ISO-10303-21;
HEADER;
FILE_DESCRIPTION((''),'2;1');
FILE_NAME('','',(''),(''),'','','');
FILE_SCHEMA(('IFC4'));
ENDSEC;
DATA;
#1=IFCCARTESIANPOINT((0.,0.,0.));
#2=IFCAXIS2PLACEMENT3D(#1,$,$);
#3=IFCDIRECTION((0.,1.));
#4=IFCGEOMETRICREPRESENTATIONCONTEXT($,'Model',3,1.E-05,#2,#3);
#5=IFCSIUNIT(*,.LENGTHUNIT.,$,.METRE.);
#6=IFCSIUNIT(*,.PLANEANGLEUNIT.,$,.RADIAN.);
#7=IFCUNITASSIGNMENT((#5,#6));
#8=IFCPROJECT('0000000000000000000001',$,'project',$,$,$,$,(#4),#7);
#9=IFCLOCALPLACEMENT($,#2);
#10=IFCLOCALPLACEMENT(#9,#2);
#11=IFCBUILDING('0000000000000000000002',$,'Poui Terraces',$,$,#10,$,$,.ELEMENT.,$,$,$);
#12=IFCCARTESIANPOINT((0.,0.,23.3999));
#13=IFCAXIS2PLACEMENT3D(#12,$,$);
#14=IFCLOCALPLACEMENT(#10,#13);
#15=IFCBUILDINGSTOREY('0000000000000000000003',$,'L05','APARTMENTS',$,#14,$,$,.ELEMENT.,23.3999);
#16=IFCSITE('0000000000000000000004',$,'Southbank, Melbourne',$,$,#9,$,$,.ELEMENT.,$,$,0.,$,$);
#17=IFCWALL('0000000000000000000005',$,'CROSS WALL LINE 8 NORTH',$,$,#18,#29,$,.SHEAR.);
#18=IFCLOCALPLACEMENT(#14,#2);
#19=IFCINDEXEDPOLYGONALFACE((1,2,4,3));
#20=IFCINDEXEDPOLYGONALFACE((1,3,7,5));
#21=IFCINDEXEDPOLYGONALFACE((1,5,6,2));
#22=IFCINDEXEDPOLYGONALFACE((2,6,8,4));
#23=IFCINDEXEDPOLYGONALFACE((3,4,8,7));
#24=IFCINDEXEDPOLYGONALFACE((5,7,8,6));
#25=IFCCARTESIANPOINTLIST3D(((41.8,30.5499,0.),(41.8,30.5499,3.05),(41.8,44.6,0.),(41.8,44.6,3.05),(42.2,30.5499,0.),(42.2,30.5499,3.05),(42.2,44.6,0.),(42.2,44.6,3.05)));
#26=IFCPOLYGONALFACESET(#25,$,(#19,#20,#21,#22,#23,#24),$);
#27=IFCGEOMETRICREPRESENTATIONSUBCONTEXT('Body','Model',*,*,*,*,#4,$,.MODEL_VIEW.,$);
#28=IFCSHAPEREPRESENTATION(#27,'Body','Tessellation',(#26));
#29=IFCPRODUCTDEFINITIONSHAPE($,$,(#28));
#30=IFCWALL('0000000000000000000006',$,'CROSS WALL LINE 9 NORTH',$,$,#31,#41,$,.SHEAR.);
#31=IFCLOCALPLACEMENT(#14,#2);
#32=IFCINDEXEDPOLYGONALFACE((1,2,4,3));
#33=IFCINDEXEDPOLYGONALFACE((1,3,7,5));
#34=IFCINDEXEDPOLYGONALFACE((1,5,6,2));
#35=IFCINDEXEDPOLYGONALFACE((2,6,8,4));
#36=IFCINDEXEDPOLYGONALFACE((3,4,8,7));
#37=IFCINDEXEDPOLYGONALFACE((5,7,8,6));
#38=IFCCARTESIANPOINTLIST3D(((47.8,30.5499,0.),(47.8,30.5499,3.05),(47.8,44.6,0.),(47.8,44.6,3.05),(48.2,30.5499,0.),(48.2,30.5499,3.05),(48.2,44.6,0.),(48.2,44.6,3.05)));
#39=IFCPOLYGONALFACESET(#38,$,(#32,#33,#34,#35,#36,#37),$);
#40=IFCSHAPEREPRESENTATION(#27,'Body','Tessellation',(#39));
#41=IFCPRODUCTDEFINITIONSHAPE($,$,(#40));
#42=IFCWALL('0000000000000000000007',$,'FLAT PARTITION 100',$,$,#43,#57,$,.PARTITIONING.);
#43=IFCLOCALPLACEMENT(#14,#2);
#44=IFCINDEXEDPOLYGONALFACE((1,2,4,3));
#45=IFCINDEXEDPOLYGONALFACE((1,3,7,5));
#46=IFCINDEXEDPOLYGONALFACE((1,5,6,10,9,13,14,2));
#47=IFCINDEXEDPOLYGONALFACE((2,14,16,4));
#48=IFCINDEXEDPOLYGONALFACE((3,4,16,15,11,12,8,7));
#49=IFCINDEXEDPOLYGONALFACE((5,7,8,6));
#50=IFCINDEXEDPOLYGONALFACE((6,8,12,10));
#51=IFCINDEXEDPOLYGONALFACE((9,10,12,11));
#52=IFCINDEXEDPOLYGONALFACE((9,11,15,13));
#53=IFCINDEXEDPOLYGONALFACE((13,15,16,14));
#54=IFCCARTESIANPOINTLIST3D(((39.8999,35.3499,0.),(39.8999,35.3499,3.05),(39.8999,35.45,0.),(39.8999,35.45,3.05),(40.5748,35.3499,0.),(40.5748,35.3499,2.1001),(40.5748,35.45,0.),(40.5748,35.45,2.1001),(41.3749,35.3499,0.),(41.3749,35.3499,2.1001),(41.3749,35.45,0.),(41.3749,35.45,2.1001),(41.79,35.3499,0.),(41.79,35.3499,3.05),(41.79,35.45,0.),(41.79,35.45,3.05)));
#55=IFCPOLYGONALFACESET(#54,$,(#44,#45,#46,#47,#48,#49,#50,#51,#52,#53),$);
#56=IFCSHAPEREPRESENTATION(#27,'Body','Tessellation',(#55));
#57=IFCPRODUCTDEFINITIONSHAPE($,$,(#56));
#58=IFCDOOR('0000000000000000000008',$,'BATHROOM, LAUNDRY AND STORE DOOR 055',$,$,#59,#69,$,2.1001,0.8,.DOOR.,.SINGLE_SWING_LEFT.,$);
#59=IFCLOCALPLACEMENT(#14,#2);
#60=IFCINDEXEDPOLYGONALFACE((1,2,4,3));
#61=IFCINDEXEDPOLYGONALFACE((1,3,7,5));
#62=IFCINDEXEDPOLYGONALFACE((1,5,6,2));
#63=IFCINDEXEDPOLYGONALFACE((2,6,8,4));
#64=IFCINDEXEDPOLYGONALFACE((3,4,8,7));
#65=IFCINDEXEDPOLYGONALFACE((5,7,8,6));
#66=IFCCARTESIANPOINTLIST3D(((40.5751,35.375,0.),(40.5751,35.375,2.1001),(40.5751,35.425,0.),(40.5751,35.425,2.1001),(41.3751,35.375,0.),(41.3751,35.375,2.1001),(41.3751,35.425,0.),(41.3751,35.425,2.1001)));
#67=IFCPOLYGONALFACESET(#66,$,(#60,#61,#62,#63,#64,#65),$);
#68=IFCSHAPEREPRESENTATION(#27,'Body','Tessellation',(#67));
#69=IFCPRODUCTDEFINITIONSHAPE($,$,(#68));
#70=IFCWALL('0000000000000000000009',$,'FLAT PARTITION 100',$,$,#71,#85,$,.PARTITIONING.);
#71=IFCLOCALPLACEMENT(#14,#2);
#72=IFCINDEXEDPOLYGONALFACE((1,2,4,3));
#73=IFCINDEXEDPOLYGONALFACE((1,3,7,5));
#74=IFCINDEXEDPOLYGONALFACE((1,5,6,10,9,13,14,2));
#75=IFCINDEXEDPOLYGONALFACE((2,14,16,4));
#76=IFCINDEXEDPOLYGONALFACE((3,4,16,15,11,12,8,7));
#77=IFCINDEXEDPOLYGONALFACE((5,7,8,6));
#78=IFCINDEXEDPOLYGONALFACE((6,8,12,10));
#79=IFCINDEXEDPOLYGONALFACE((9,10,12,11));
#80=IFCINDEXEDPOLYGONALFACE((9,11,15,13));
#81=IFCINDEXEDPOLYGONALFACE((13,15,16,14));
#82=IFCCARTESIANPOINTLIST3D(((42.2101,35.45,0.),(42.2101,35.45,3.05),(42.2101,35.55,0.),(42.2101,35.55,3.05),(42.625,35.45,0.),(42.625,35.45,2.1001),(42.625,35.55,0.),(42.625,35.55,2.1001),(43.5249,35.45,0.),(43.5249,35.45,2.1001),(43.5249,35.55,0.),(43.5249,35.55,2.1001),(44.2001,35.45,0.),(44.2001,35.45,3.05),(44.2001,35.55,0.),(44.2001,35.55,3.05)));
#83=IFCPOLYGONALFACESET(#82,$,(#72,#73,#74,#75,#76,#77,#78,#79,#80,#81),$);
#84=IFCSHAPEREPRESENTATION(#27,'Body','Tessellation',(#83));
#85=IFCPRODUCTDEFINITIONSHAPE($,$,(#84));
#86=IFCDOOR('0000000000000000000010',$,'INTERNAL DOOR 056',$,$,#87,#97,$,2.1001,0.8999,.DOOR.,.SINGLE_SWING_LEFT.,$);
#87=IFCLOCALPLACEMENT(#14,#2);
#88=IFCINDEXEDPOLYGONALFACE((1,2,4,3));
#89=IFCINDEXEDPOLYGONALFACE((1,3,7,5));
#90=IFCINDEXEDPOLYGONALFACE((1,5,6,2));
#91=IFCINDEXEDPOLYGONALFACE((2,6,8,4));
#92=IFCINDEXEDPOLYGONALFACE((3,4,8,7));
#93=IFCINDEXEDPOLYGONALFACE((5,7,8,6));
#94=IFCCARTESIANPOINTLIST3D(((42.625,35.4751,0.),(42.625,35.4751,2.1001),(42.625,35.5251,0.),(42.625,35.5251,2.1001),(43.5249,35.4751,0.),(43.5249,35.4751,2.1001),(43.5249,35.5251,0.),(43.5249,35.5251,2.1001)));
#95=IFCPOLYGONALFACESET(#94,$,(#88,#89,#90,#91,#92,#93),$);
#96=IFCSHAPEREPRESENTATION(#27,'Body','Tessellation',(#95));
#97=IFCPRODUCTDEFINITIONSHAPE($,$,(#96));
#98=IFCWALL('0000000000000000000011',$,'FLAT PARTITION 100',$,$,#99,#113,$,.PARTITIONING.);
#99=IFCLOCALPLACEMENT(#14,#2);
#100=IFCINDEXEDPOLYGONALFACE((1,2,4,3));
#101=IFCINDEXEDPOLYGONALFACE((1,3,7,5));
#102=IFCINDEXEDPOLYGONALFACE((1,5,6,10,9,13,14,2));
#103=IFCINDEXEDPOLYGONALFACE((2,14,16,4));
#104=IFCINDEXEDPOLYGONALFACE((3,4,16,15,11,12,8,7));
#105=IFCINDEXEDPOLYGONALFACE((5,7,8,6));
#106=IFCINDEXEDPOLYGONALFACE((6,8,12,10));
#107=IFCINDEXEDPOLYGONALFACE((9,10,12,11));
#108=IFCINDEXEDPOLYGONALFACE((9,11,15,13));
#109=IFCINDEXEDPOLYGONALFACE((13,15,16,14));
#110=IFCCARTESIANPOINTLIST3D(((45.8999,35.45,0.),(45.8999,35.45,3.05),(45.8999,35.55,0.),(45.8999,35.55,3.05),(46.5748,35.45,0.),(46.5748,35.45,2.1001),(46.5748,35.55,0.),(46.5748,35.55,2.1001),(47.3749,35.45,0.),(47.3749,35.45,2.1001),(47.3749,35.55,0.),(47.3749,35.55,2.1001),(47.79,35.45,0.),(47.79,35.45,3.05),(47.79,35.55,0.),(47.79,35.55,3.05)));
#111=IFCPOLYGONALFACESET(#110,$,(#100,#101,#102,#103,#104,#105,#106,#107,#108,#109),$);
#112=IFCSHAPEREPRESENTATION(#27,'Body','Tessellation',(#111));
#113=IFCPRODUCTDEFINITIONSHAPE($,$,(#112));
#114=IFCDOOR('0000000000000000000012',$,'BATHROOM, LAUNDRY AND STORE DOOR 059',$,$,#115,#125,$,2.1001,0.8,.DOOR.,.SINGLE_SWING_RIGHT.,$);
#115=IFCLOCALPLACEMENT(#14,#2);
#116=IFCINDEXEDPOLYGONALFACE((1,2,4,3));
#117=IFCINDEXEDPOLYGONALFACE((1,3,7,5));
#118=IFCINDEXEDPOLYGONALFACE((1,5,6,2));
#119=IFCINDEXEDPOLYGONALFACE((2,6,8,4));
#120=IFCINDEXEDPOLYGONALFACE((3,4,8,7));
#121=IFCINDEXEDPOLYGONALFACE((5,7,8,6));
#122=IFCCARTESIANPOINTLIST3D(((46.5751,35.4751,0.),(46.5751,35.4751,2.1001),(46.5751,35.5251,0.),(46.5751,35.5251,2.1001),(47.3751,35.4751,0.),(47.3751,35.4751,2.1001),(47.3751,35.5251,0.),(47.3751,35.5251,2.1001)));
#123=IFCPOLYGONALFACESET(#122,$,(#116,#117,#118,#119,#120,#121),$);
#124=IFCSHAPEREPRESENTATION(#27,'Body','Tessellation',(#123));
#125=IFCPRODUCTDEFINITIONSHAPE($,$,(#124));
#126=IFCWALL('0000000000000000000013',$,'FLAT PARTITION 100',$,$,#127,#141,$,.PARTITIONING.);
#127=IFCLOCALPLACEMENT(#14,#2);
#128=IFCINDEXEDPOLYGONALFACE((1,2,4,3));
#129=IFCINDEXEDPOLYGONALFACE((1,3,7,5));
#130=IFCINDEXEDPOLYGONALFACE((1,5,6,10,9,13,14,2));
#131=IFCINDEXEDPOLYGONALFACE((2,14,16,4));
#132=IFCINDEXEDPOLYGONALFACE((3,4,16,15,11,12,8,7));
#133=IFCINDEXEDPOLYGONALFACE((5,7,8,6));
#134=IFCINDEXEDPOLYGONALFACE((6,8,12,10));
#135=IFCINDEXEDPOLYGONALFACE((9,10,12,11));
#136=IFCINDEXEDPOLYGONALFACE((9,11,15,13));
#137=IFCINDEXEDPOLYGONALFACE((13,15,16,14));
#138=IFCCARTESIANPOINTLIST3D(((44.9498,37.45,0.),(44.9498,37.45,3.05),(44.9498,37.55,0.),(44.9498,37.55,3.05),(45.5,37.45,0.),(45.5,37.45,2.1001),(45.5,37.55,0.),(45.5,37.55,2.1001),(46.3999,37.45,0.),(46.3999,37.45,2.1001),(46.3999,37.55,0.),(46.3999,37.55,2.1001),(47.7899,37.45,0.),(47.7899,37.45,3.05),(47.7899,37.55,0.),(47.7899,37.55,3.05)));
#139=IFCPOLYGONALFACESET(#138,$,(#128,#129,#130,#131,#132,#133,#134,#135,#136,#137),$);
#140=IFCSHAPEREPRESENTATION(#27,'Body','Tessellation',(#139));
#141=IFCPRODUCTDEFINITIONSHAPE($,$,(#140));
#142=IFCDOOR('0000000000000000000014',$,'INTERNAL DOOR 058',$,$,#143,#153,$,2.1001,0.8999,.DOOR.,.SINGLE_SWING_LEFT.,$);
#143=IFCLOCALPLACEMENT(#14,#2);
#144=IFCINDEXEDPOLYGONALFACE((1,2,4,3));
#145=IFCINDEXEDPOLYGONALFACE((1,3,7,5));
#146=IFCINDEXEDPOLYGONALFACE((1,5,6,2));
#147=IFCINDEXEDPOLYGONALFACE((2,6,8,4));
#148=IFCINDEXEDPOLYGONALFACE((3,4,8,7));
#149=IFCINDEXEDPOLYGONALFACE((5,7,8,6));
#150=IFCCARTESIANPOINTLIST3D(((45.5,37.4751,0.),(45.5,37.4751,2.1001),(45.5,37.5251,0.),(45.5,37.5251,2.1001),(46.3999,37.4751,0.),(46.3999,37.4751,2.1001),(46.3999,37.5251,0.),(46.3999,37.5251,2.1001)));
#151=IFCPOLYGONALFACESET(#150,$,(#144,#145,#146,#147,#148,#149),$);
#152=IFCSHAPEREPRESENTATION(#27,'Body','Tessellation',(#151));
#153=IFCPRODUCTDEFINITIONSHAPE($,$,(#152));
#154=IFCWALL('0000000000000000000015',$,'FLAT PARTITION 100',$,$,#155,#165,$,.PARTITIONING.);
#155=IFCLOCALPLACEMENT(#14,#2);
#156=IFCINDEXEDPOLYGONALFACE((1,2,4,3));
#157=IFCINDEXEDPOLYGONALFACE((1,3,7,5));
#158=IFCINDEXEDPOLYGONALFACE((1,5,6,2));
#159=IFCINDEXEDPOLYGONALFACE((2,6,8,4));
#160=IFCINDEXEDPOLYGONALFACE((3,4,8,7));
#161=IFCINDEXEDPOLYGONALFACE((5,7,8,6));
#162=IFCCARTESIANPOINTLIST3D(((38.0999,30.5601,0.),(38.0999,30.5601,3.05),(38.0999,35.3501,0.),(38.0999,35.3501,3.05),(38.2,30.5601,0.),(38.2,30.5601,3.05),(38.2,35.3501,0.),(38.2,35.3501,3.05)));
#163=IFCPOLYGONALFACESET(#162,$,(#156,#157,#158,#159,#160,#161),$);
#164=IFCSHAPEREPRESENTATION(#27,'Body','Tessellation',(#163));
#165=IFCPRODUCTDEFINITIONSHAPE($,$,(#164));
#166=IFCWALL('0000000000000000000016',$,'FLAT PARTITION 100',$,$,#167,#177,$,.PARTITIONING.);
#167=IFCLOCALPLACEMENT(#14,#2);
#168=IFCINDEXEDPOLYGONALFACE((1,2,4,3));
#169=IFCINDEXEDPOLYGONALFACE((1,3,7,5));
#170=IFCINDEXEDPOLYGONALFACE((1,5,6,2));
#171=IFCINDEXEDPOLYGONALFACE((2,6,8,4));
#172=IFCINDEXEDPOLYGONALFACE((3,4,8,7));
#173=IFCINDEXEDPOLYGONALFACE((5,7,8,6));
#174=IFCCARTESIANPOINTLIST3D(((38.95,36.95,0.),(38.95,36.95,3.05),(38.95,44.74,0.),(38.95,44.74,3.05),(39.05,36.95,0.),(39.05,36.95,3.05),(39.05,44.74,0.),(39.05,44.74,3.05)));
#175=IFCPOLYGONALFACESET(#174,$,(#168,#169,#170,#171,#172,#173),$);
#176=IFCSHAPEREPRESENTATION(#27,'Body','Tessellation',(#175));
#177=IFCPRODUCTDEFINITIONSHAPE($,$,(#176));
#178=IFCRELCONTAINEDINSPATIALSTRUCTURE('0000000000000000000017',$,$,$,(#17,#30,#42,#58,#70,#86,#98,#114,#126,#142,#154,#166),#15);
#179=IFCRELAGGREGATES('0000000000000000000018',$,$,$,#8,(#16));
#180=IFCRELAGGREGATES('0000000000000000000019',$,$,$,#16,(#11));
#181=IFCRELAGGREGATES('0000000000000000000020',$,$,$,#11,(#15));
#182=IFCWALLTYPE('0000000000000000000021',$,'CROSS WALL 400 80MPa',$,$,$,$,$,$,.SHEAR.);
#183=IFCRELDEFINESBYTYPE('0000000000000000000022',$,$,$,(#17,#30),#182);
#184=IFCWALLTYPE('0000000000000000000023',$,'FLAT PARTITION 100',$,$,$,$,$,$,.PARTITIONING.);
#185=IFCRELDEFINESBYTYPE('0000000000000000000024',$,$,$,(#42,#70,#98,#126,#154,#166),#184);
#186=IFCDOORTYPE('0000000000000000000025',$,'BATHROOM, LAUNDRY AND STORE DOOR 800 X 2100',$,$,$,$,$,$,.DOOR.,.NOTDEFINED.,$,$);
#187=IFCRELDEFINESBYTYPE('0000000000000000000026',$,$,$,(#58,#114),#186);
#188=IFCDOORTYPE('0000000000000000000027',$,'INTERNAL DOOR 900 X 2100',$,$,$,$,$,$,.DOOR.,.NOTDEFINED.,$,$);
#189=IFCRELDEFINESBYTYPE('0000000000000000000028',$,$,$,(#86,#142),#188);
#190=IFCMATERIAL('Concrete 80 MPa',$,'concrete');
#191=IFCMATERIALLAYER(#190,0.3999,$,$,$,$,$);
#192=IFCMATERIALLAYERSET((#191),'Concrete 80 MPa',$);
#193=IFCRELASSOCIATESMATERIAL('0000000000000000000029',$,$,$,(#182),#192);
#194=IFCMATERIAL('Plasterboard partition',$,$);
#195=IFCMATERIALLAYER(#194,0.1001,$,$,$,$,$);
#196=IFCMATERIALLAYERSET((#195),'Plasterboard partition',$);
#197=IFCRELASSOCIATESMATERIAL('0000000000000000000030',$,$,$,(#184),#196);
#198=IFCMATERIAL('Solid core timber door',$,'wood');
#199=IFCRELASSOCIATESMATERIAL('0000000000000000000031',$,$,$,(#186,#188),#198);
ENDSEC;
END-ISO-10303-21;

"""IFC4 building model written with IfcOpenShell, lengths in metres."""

from ifc_helpers import new_model, si_unit, direction, frame, frame_2d, origin, place, context, subcontext, project, spatial, rectangle, extrude, material, layer, layer_set, type_object, element, fill, save


model = new_model("IFC4")

# Units and contexts
model_context = context("Model", 3, precision=1e-05, world=origin(), true_north=direction((0.0, 1.0)))
body_context = subcontext(model_context, "Body", "Model", "MODEL_VIEW")
ifc_project = project(units=[si_unit("LENGTHUNIT", "METRE"), si_unit("PLANEANGLEUNIT", "RADIAN")], contexts=[model_context])

# Site, building, storey
site_placement = place(None, origin())
site = spatial("IfcSite", under=ifc_project, at=site_placement, Name="Southbank, Melbourne", CompositionType="ELEMENT", RefElevation=0.0)
building_placement = place(site_placement, origin())
building = spatial("IfcBuilding", under=site, at=building_placement, Name="Poui Terraces", CompositionType="ELEMENT")
storey_placement = place(building_placement, frame((0.0, 0.0, 23.3999)))
storey = spatial("IfcBuildingStorey", under=building, at=storey_placement, Name="L05", Description="APARTMENTS", CompositionType="ELEMENT", Elevation=23.3999)

# Walls
ifc_material_1 = material(Name="Concrete 80 MPa", Category="concrete")
ifc_layer_1 = layer(ifc_material_1, 0.3999)
ifc_layer_set_1 = layer_set([ifc_layer_1], Name="Concrete 80 MPa")
wall_type_1 = type_object("IfcWallType", Name="CROSS WALL 400 80MPa", PredefinedType="SHEAR", material=ifc_layer_set_1)
for number, where, z_axis, x_axis, name in (
    (1, (42.0, 30.55, 0.0), (0.0, 0.0, 1.0), (0.0, 1.0, 0.0), "CROSS WALL LINE 8 NORTH"),
    (2, (48.0, 30.55, 0.0), (0.0, 0.0, 1.0), (0.0, 1.0, 0.0), "CROSS WALL LINE 9 NORTH"),
):
    element("IfcWall", number, at=place(storey_placement, frame(where, z_axis=z_axis, x_axis=x_axis)), inside=storey, type_object=wall_type_1, Name=name, PredefinedType="SHEAR", context=body_context, shape_type="SweptSolid", body=[
        extrude(rectangle(XDim=14.05, YDim=0.3999, at=frame_2d((7.0249, 0.0))), origin(), (0.0, 0.0, 1.0), 3.05),
    ])

# Walls, openings, doors
ifc_material_2 = material(Name="Plasterboard partition")
ifc_layer_2 = layer(ifc_material_2, 0.1001)
ifc_layer_set_2 = layer_set([ifc_layer_2], Name="Plasterboard partition")
wall_type_2 = type_object("IfcWallType", Name="FLAT PARTITION 100", PredefinedType="PARTITIONING", material=ifc_layer_set_2)
wall_1_placement = place(storey_placement, frame((39.8999, 35.3999, 0.0), z_axis=(0.0, 0.0, 1.0), x_axis=(1.0, 0.0, 0.0)))
wall_1 = element("IfcWall", 3, at=wall_1_placement, inside=storey, type_object=wall_type_2, Name="FLAT PARTITION 100", PredefinedType="PARTITIONING", context=body_context, shape_type="SweptSolid", body=[
    extrude(rectangle(XDim=1.8901, YDim=0.1001, at=frame_2d((0.9451, 0.0))), origin(), (0.0, 0.0, 1.0), 3.05),
])
opening_1_placement = place(wall_1_placement, frame((0.675, 0.0, 0.0)))
opening_1 = element("IfcOpeningElement", 4, at=opening_1_placement, cuts=wall_1, PredefinedType="OPENING", context=body_context, shape_type="SweptSolid", body=[
    extrude(rectangle(XDim=0.8, YDim=2.1001, at=frame_2d((0.3999, 1.05))), frame((0.0, 0.0601, 0.0), z_axis=(0.0, -1.0, 0.0), x_axis=(1.0, 0.0, 0.0)), (0.0, 0.0, 1.0), 0.1201),
])
ifc_material_3 = material(Name="Solid core timber door", Category="wood")
door_type_1 = type_object("IfcDoorType", Name="BATHROOM, LAUNDRY AND STORE DOOR 800 X 2100", OperationType="NOTDEFINED", PredefinedType="DOOR", material=ifc_material_3)
door_1_placement = place(opening_1_placement, frame((0.8, 0.0, 0.0), z_axis=(0.0, 0.0, 1.0), x_axis=(-1.0, 0.0, 0.0)))
door_1 = element("IfcDoor", 5, at=door_1_placement, inside=storey, type_object=door_type_1, Name="BATHROOM, LAUNDRY AND STORE DOOR 055", OperationType="SINGLE_SWING_LEFT", OverallHeight=2.1001, OverallWidth=0.8, PredefinedType="DOOR", context=body_context, shape_type="SweptSolid", body=[
    extrude(rectangle(XDim=0.8, YDim=2.1001, at=frame_2d((0.3999, 1.05))), frame((0.0, 0.0249, 0.0), z_axis=(0.0, -1.0, 0.0), x_axis=(1.0, 0.0, 0.0)), (0.0, 0.0, 1.0), 0.05),
])
fill(opening_1, door_1)
wall_2_placement = place(storey_placement, frame((42.21, 35.5, 0.0), z_axis=(0.0, 0.0, 1.0), x_axis=(1.0, 0.0, 0.0)))
wall_2 = element("IfcWall", 6, at=wall_2_placement, inside=storey, type_object=wall_type_2, Name="FLAT PARTITION 100", PredefinedType="PARTITIONING", context=body_context, shape_type="SweptSolid", body=[
    extrude(rectangle(XDim=1.99, YDim=0.1001, at=frame_2d((0.9951, 0.0))), origin(), (0.0, 0.0, 1.0), 3.05),
])
opening_2_placement = place(wall_2_placement, frame((0.415, 0.0, 0.0)))
opening_2 = element("IfcOpeningElement", 7, at=opening_2_placement, cuts=wall_2, PredefinedType="OPENING", context=body_context, shape_type="SweptSolid", body=[
    extrude(rectangle(XDim=0.8999, YDim=2.1001, at=frame_2d((0.45, 1.05))), frame((0.0, 0.0601, 0.0), z_axis=(0.0, -1.0, 0.0), x_axis=(1.0, 0.0, 0.0)), (0.0, 0.0, 1.0), 0.1201),
])
door_type_2 = type_object("IfcDoorType", Name="INTERNAL DOOR 900 X 2100", OperationType="NOTDEFINED", PredefinedType="DOOR", material=ifc_material_3)
door_2_placement = place(opening_2_placement, frame((0.8999, 0.0, 0.0), z_axis=(0.0, 0.0, 1.0), x_axis=(-1.0, 0.0, 0.0)))
door_2 = element("IfcDoor", 8, at=door_2_placement, inside=storey, type_object=door_type_2, Name="INTERNAL DOOR 056", OperationType="SINGLE_SWING_LEFT", OverallHeight=2.1001, OverallWidth=0.8999, PredefinedType="DOOR", context=body_context, shape_type="SweptSolid", body=[
    extrude(rectangle(XDim=0.8999, YDim=2.1001, at=frame_2d((0.45, 1.05))), frame((0.0, 0.0249, 0.0), z_axis=(0.0, -1.0, 0.0), x_axis=(1.0, 0.0, 0.0)), (0.0, 0.0, 1.0), 0.05),
])
fill(opening_2, door_2)
wall_3_placement = place(storey_placement, frame((45.8999, 35.5, 0.0), z_axis=(0.0, 0.0, 1.0), x_axis=(1.0, 0.0, 0.0)))
wall_3 = element("IfcWall", 9, at=wall_3_placement, inside=storey, type_object=wall_type_2, Name="FLAT PARTITION 100", PredefinedType="PARTITIONING", context=body_context, shape_type="SweptSolid", body=[
    extrude(rectangle(XDim=1.8901, YDim=0.1001, at=frame_2d((0.9451, 0.0))), origin(), (0.0, 0.0, 1.0), 3.05),
])
opening_3_placement = place(wall_3_placement, frame((0.675, 0.0, 0.0)))
opening_3 = element("IfcOpeningElement", 10, at=opening_3_placement, cuts=wall_3, PredefinedType="OPENING", context=body_context, shape_type="SweptSolid", body=[
    extrude(rectangle(XDim=0.8, YDim=2.1001, at=frame_2d((0.3999, 1.05))), frame((0.0, 0.0601, 0.0), z_axis=(0.0, -1.0, 0.0), x_axis=(1.0, 0.0, 0.0)), (0.0, 0.0, 1.0), 0.1201),
])
door_3_placement = place(opening_3_placement, frame((0.8, 0.0, 0.0), z_axis=(0.0, 0.0, 1.0), x_axis=(-1.0, 0.0, 0.0)))
door_3 = element("IfcDoor", 11, at=door_3_placement, inside=storey, type_object=door_type_1, Name="BATHROOM, LAUNDRY AND STORE DOOR 059", OperationType="SINGLE_SWING_RIGHT", OverallHeight=2.1001, OverallWidth=0.8, PredefinedType="DOOR", context=body_context, shape_type="SweptSolid", body=[
    extrude(rectangle(XDim=0.8, YDim=2.1001, at=frame_2d((0.3999, 1.05))), frame((0.0, 0.0249, 0.0), z_axis=(0.0, -1.0, 0.0), x_axis=(1.0, 0.0, 0.0)), (0.0, 0.0, 1.0), 0.05),
])
fill(opening_3, door_3)
wall_4_placement = place(storey_placement, frame((44.95, 37.5, 0.0), z_axis=(0.0, 0.0, 1.0), x_axis=(1.0, 0.0, 0.0)))
wall_4 = element("IfcWall", 12, at=wall_4_placement, inside=storey, type_object=wall_type_2, Name="FLAT PARTITION 100", PredefinedType="PARTITIONING", context=body_context, shape_type="SweptSolid", body=[
    extrude(rectangle(XDim=2.8401, YDim=0.1001, at=frame_2d((1.4199, 0.0))), origin(), (0.0, 0.0, 1.0), 3.05),
])
opening_4_placement = place(wall_4_placement, frame((0.55, 0.0, 0.0)))
opening_4 = element("IfcOpeningElement", 13, at=opening_4_placement, cuts=wall_4, PredefinedType="OPENING", context=body_context, shape_type="SweptSolid", body=[
    extrude(rectangle(XDim=0.8999, YDim=2.1001, at=frame_2d((0.45, 1.05))), frame((0.0, 0.0601, 0.0), z_axis=(0.0, -1.0, 0.0), x_axis=(1.0, 0.0, 0.0)), (0.0, 0.0, 1.0), 0.1201),
])
door_4_placement = place(opening_4_placement, frame((0.8999, 0.0, 0.0), z_axis=(0.0, 0.0, 1.0), x_axis=(-1.0, 0.0, 0.0)))
door_4 = element("IfcDoor", 14, at=door_4_placement, inside=storey, type_object=door_type_2, Name="INTERNAL DOOR 058", OperationType="SINGLE_SWING_LEFT", OverallHeight=2.1001, OverallWidth=0.8999, PredefinedType="DOOR", context=body_context, shape_type="SweptSolid", body=[
    extrude(rectangle(XDim=0.8999, YDim=2.1001, at=frame_2d((0.45, 1.05))), frame((0.0, 0.0249, 0.0), z_axis=(0.0, -1.0, 0.0), x_axis=(1.0, 0.0, 0.0)), (0.0, 0.0, 1.0), 0.05),
])
fill(opening_4, door_4)

# Walls
wall_5_placement = place(storey_placement, frame((38.1499, 30.5601, 0.0), z_axis=(0.0, 0.0, 1.0), x_axis=(0.0, 1.0, 0.0)))
element("IfcWall", 15, at=wall_5_placement, inside=storey, type_object=wall_type_2, Name="FLAT PARTITION 100", PredefinedType="PARTITIONING", context=body_context, shape_type="SweptSolid", body=[
    extrude(rectangle(XDim=4.79, YDim=0.1001, at=frame_2d((2.395, 0.0))), origin(), (0.0, 0.0, 1.0), 3.05),
])
wall_6_placement = place(storey_placement, frame((39.0, 36.95, 0.0), z_axis=(0.0, 0.0, 1.0), x_axis=(0.0, 1.0, 0.0)))
element("IfcWall", 16, at=wall_6_placement, inside=storey, type_object=wall_type_2, Name="FLAT PARTITION 100", PredefinedType="PARTITIONING", context=body_context, shape_type="SweptSolid", body=[
    extrude(rectangle(XDim=7.79, YDim=0.1001, at=frame_2d((3.895, 0.0))), origin(), (0.0, 0.0, 1.0), 3.05),
])

save(model, "model.ifc")
